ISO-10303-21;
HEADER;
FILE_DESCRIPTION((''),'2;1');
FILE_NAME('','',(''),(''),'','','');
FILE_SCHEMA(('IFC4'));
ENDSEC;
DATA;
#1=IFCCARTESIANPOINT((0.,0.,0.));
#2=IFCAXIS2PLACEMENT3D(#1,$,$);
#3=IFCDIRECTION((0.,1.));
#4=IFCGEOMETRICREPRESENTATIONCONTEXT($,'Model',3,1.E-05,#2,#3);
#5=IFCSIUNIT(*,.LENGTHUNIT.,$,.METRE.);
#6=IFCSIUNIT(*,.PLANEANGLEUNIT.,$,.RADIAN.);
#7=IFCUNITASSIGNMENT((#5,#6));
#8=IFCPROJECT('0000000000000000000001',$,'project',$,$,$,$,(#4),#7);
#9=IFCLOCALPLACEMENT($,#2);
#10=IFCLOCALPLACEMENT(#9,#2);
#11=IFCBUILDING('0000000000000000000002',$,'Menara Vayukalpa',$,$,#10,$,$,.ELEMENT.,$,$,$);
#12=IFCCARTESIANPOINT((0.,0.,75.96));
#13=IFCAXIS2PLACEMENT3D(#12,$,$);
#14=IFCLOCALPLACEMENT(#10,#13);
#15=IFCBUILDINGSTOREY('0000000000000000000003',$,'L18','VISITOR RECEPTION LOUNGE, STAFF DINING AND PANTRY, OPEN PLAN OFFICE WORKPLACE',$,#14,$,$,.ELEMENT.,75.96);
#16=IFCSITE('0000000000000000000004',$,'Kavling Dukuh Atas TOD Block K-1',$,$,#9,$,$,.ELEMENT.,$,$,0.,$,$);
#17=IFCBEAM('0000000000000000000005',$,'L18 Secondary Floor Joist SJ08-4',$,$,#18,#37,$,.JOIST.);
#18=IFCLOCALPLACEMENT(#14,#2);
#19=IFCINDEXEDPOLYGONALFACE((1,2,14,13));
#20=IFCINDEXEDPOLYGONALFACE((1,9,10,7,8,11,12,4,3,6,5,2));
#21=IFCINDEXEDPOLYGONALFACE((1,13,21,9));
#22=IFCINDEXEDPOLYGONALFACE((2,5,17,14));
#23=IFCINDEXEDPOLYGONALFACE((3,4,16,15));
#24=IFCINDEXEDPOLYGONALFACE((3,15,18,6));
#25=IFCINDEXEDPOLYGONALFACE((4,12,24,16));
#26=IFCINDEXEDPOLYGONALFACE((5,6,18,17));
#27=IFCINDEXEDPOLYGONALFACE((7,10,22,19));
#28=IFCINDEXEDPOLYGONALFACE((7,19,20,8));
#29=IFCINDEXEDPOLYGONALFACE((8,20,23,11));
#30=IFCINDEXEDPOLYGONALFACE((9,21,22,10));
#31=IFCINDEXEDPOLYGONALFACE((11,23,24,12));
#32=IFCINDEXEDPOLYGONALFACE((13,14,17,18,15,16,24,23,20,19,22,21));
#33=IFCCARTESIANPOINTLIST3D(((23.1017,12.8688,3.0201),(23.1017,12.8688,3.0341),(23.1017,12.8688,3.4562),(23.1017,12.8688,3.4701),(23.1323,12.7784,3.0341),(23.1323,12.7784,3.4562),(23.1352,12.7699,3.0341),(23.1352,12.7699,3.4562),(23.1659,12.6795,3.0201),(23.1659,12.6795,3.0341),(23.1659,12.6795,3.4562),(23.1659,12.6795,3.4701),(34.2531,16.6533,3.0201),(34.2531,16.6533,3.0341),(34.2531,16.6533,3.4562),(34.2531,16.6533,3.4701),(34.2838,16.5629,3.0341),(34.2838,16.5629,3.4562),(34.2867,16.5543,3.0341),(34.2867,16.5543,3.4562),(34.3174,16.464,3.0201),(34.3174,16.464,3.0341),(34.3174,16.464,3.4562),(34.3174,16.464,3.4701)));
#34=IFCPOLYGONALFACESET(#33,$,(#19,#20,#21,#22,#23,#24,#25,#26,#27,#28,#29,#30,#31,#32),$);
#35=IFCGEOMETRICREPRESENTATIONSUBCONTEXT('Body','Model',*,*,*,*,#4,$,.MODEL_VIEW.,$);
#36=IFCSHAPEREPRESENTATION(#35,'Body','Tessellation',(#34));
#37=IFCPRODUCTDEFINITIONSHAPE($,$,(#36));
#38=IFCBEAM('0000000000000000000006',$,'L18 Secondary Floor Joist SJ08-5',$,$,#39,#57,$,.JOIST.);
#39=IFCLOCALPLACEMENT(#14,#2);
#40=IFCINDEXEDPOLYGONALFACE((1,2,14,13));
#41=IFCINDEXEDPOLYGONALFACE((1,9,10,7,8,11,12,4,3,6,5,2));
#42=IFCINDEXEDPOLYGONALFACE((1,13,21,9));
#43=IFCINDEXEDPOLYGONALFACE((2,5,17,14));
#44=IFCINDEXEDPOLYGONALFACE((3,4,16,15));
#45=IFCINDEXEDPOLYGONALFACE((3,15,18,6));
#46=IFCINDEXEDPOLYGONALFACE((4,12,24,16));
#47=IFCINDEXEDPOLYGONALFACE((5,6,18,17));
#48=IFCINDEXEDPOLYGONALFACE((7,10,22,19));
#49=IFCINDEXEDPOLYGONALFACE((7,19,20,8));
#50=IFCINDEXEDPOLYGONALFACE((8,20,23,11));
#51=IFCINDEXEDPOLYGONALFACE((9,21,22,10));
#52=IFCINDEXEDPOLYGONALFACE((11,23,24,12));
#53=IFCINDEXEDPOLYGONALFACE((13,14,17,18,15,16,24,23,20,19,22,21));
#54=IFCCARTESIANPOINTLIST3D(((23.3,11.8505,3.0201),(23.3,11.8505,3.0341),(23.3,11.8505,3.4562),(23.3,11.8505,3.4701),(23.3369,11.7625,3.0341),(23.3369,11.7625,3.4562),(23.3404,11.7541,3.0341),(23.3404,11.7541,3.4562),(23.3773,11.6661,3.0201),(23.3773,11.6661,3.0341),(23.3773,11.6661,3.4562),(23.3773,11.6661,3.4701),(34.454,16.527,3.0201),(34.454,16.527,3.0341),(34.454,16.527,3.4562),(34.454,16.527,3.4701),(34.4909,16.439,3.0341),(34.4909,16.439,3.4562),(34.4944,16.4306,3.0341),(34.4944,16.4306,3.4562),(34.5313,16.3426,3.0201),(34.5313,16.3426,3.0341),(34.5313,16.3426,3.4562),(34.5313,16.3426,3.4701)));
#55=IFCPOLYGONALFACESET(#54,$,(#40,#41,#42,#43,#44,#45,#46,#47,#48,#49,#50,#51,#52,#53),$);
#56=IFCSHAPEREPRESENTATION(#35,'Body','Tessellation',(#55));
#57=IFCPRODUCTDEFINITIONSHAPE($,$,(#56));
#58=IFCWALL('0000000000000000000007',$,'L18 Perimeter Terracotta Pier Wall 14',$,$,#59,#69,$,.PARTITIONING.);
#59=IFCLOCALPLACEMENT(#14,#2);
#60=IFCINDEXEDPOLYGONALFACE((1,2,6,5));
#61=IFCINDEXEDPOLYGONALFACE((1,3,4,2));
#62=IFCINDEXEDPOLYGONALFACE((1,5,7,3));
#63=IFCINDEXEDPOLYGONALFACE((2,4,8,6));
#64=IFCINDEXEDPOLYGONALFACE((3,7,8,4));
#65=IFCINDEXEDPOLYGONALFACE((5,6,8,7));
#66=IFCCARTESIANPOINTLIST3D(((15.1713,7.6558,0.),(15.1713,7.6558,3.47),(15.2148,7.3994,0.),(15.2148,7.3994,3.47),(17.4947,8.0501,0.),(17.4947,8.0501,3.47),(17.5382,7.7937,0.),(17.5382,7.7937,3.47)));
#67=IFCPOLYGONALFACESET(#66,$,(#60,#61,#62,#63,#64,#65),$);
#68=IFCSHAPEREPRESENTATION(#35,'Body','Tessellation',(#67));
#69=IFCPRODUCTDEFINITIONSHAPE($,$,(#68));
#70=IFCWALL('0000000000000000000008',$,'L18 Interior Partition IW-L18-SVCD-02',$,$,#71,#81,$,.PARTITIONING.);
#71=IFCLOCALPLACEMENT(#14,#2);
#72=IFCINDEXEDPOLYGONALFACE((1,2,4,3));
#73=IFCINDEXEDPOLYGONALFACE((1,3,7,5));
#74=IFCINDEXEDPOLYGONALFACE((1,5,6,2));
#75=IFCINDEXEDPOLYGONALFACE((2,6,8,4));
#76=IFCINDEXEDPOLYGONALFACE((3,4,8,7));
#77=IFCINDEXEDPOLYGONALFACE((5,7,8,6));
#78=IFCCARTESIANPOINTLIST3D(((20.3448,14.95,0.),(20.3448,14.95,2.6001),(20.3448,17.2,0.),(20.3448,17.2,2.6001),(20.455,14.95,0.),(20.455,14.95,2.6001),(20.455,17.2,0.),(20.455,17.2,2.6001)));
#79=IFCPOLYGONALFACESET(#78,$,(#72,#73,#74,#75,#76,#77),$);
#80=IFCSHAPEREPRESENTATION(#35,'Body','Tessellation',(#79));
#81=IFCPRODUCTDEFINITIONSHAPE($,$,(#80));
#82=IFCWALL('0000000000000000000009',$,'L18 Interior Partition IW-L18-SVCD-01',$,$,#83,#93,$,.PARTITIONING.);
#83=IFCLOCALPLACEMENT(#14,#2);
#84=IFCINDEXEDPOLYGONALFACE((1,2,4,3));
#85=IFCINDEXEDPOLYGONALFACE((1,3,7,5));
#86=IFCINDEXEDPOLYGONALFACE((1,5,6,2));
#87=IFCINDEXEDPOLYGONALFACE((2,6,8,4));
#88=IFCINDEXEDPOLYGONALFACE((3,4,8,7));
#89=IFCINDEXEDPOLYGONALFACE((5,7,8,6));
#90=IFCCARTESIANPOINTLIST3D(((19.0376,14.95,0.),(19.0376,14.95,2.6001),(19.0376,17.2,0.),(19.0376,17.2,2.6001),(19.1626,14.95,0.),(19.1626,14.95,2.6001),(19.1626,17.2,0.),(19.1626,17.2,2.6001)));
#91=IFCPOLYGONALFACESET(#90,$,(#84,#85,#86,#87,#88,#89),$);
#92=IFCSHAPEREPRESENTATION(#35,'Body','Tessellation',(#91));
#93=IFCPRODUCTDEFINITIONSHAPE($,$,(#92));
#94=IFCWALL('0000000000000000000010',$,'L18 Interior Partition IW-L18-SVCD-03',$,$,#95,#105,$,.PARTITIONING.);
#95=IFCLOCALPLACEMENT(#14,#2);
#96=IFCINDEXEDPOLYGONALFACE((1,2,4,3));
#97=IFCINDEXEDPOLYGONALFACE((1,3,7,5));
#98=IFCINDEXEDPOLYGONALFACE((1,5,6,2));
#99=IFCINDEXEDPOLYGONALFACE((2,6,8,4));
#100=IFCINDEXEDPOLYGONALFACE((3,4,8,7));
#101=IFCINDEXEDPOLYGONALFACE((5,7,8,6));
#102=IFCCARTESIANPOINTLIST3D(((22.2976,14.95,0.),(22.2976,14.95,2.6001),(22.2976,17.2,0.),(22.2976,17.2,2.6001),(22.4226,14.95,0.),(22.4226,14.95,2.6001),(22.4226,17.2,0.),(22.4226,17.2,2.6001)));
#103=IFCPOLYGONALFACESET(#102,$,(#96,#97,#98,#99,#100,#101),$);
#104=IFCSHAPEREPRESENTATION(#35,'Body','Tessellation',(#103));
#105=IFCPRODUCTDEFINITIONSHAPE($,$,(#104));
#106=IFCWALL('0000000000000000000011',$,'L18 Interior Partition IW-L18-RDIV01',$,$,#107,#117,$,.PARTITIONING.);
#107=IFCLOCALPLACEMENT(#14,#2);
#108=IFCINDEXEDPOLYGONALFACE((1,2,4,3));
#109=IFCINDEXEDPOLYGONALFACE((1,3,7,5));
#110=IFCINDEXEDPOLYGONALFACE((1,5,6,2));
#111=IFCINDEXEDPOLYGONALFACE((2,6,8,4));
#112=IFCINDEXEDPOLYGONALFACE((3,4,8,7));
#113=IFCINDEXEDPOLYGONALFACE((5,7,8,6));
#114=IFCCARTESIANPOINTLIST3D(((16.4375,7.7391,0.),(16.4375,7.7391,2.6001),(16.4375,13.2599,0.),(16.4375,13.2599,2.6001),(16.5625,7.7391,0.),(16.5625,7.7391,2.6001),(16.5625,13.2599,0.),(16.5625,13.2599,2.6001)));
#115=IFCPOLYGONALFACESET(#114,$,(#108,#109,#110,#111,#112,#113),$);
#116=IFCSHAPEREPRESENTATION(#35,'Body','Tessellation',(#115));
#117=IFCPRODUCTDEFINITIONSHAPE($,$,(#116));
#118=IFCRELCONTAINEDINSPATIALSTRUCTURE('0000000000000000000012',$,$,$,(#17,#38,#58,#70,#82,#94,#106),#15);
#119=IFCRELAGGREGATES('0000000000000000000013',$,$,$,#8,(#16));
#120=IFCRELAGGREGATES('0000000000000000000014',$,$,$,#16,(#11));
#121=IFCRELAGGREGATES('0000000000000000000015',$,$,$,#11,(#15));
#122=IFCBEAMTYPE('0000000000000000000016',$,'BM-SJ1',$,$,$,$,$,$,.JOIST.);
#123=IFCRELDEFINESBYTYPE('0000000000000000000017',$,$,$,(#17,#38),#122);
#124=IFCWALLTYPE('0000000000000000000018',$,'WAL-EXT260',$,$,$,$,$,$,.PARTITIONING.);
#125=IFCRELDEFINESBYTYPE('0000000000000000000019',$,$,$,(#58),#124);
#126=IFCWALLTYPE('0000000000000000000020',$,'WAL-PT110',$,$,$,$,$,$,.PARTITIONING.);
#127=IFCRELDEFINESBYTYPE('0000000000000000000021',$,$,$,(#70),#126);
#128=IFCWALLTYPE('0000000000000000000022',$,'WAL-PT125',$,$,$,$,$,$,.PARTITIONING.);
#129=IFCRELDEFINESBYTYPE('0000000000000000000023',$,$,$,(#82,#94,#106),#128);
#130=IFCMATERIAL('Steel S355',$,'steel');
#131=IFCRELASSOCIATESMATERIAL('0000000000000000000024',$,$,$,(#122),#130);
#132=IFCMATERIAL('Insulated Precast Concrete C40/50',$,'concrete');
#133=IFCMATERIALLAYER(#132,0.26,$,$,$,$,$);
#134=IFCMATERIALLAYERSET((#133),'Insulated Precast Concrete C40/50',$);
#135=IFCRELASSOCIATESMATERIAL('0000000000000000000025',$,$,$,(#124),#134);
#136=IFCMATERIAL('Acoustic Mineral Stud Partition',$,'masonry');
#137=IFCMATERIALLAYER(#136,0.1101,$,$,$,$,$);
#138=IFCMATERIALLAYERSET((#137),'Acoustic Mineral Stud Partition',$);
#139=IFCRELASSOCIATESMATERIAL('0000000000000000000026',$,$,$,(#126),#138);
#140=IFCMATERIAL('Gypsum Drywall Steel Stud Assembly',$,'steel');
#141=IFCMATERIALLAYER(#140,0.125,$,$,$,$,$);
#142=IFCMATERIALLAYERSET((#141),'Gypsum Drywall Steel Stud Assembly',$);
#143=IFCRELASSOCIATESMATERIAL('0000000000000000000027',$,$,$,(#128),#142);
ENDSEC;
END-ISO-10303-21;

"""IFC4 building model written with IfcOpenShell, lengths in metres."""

from ifc_helpers import new_model, si_unit, direction, frame, frame_2d, origin, origin_2d, place, context, subcontext, project, spatial, rectangle, i_section, extrude, material, layer, layer_set, material_profile, profile_set, type_object, element, save


model = new_model("IFC4")

# Units and contexts
model_context = context("Model", 3, precision=1e-05, world=origin(), true_north=direction((0.0, 1.0)))
body_context = subcontext(model_context, "Body", "Model", "MODEL_VIEW")
ifc_project = project(units=[si_unit("LENGTHUNIT", "METRE"), si_unit("PLANEANGLEUNIT", "RADIAN")], contexts=[model_context])

# Site, building, storey
site_placement = place(None, origin())
site = spatial("IfcSite", under=ifc_project, at=site_placement, Name="Kavling Dukuh Atas TOD Block K-1", CompositionType="ELEMENT", RefElevation=0.0)
building_placement = place(site_placement, origin())
building = spatial("IfcBuilding", under=site, at=building_placement, Name="Menara Vayukalpa", CompositionType="ELEMENT")
storey_placement = place(building_placement, frame((0.0, 0.0, 75.96)))
storey = spatial("IfcBuildingStorey", under=building, at=storey_placement, Name="L18", Description="VISITOR RECEPTION LOUNGE, STAFF DINING AND PANTRY, OPEN PLAN OFFICE WORKPLACE", CompositionType="ELEMENT", Elevation=75.96)

# Beams
ifc_material_1 = material(Name="Steel S355", Category="steel")
ifc_material_profile_1 = material_profile(ifc_material_1, i_section(OverallWidth=0.2, OverallDepth=0.45, WebThickness=0.009, FlangeThickness=0.0139, at=origin_2d()), Name="WF 450x200x9x14")
ifc_profile_set_1 = profile_set([ifc_material_profile_1], Name="Steel S355")
beam_type_1 = type_object("IfcBeamType", Name="BM-SJ1", PredefinedType="JOIST", material=ifc_profile_set_1)
beam_1_placement = place(storey_placement, frame((23.1338, 12.7742, 3.2451), z_axis=(0.946955, 0.321367, 0.0), x_axis=(-0.321367, 0.946955, 0.0)))
element("IfcBeam", 1, at=beam_1_placement, inside=storey, type_object=beam_type_1, Name="L18 Secondary Floor Joist SJ08-4", PredefinedType="JOIST", context=body_context, shape_type="SweptSolid", body=[
    extrude(i_section(OverallWidth=0.2, OverallDepth=0.45, WebThickness=0.009, FlangeThickness=0.0139, at=origin_2d()), origin(), (0.0, 0.0, 1.0), 11.7761),
])
beam_2_placement = place(storey_placement, frame((23.3386, 11.7583, 3.2451), z_axis=(0.922224, 0.386657, 0.0), x_axis=(-0.386657, 0.922224, 0.0)))
element("IfcBeam", 2, at=beam_2_placement, inside=storey, type_object=beam_type_1, Name="L18 Secondary Floor Joist SJ08-5", PredefinedType="JOIST", context=body_context, shape_type="SweptSolid", body=[
    extrude(i_section(OverallWidth=0.2, OverallDepth=0.45, WebThickness=0.009, FlangeThickness=0.0139, at=origin_2d()), origin(), (0.0, 0.0, 1.0), 12.0947),
])

# Walls
ifc_material_2 = material(Name="Insulated Precast Concrete C40/50", Category="concrete")
ifc_layer_1 = layer(ifc_material_2, 0.26)
ifc_layer_set_1 = layer_set([ifc_layer_1], Name="Insulated Precast Concrete C40/50")
wall_type_1 = type_object("IfcWallType", Name="WAL-EXT260", PredefinedType="PARTITIONING", material=ifc_layer_set_1)
wall_1_placement = place(storey_placement, frame((17.5164, 7.9219, 0.0), z_axis=(0.0, 0.0, 1.0), x_axis=(-0.985905, -0.167305, 0.0)))
element("IfcWall", 3, at=wall_1_placement, inside=storey, type_object=wall_type_1, Name="L18 Perimeter Terracotta Pier Wall 14", PredefinedType="PARTITIONING", context=body_context, shape_type="SweptSolid", body=[
    extrude(rectangle(XDim=2.3567, YDim=0.26, at=frame_2d((1.1782, 0.0))), origin(), (0.0, 0.0, 1.0), 3.47),
])
ifc_material_3 = material(Name="Acoustic Mineral Stud Partition", Category="masonry")
ifc_layer_2 = layer(ifc_material_3, 0.1101)
ifc_layer_set_2 = layer_set([ifc_layer_2], Name="Acoustic Mineral Stud Partition")
wall_type_2 = type_object("IfcWallType", Name="WAL-PT110", PredefinedType="PARTITIONING", material=ifc_layer_set_2)
wall_2_placement = place(storey_placement, frame((20.3999, 14.95, 0.0), z_axis=(0.0, 0.0, 1.0), x_axis=(0.0, 1.0, 0.0)))
element("IfcWall", 4, at=wall_2_placement, inside=storey, type_object=wall_type_2, Name="L18 Interior Partition IW-L18-SVCD-02", PredefinedType="PARTITIONING", context=body_context, shape_type="SweptSolid", body=[
    extrude(rectangle(XDim=2.25, YDim=0.1101, at=frame_2d((1.125, 0.0))), origin(), (0.0, 0.0, 1.0), 2.6001),
])
ifc_material_4 = material(Name="Gypsum Drywall Steel Stud Assembly", Category="steel")
ifc_layer_3 = layer(ifc_material_4, 0.125)
ifc_layer_set_3 = layer_set([ifc_layer_3], Name="Gypsum Drywall Steel Stud Assembly")
wall_type_3 = type_object("IfcWallType", Name="WAL-PT125", PredefinedType="PARTITIONING", material=ifc_layer_set_3)
for number, where, z_axis, x_axis, name in (
    (5, (19.1001, 14.95, 0.0), (0.0, 0.0, 1.0), (0.0, 1.0, 0.0), "L18 Interior Partition IW-L18-SVCD-01"),
    (6, (22.3601, 14.95, 0.0), (0.0, 0.0, 1.0), (0.0, 1.0, 0.0), "L18 Interior Partition IW-L18-SVCD-03"),
):
    element("IfcWall", number, at=place(storey_placement, frame(where, z_axis=z_axis, x_axis=x_axis)), inside=storey, type_object=wall_type_3, Name=name, PredefinedType="PARTITIONING", context=body_context, shape_type="SweptSolid", body=[
        extrude(rectangle(XDim=2.25, YDim=0.125, at=frame_2d((1.125, 0.0))), origin(), (0.0, 0.0, 1.0), 2.6001),
    ])
wall_3_placement = place(storey_placement, frame((16.5, 7.7393, 0.0), z_axis=(0.0, 0.0, 1.0), x_axis=(0.0, 1.0, 0.0)))
element("IfcWall", 7, at=wall_3_placement, inside=storey, type_object=wall_type_3, Name="L18 Interior Partition IW-L18-RDIV01", PredefinedType="PARTITIONING", context=body_context, shape_type="SweptSolid", body=[
    extrude(rectangle(XDim=5.5208, YDim=0.125, at=frame_2d((2.7603, 0.0))), origin(), (0.0, 0.0, 1.0), 2.6001),
])

save(model, "model.ifc")
